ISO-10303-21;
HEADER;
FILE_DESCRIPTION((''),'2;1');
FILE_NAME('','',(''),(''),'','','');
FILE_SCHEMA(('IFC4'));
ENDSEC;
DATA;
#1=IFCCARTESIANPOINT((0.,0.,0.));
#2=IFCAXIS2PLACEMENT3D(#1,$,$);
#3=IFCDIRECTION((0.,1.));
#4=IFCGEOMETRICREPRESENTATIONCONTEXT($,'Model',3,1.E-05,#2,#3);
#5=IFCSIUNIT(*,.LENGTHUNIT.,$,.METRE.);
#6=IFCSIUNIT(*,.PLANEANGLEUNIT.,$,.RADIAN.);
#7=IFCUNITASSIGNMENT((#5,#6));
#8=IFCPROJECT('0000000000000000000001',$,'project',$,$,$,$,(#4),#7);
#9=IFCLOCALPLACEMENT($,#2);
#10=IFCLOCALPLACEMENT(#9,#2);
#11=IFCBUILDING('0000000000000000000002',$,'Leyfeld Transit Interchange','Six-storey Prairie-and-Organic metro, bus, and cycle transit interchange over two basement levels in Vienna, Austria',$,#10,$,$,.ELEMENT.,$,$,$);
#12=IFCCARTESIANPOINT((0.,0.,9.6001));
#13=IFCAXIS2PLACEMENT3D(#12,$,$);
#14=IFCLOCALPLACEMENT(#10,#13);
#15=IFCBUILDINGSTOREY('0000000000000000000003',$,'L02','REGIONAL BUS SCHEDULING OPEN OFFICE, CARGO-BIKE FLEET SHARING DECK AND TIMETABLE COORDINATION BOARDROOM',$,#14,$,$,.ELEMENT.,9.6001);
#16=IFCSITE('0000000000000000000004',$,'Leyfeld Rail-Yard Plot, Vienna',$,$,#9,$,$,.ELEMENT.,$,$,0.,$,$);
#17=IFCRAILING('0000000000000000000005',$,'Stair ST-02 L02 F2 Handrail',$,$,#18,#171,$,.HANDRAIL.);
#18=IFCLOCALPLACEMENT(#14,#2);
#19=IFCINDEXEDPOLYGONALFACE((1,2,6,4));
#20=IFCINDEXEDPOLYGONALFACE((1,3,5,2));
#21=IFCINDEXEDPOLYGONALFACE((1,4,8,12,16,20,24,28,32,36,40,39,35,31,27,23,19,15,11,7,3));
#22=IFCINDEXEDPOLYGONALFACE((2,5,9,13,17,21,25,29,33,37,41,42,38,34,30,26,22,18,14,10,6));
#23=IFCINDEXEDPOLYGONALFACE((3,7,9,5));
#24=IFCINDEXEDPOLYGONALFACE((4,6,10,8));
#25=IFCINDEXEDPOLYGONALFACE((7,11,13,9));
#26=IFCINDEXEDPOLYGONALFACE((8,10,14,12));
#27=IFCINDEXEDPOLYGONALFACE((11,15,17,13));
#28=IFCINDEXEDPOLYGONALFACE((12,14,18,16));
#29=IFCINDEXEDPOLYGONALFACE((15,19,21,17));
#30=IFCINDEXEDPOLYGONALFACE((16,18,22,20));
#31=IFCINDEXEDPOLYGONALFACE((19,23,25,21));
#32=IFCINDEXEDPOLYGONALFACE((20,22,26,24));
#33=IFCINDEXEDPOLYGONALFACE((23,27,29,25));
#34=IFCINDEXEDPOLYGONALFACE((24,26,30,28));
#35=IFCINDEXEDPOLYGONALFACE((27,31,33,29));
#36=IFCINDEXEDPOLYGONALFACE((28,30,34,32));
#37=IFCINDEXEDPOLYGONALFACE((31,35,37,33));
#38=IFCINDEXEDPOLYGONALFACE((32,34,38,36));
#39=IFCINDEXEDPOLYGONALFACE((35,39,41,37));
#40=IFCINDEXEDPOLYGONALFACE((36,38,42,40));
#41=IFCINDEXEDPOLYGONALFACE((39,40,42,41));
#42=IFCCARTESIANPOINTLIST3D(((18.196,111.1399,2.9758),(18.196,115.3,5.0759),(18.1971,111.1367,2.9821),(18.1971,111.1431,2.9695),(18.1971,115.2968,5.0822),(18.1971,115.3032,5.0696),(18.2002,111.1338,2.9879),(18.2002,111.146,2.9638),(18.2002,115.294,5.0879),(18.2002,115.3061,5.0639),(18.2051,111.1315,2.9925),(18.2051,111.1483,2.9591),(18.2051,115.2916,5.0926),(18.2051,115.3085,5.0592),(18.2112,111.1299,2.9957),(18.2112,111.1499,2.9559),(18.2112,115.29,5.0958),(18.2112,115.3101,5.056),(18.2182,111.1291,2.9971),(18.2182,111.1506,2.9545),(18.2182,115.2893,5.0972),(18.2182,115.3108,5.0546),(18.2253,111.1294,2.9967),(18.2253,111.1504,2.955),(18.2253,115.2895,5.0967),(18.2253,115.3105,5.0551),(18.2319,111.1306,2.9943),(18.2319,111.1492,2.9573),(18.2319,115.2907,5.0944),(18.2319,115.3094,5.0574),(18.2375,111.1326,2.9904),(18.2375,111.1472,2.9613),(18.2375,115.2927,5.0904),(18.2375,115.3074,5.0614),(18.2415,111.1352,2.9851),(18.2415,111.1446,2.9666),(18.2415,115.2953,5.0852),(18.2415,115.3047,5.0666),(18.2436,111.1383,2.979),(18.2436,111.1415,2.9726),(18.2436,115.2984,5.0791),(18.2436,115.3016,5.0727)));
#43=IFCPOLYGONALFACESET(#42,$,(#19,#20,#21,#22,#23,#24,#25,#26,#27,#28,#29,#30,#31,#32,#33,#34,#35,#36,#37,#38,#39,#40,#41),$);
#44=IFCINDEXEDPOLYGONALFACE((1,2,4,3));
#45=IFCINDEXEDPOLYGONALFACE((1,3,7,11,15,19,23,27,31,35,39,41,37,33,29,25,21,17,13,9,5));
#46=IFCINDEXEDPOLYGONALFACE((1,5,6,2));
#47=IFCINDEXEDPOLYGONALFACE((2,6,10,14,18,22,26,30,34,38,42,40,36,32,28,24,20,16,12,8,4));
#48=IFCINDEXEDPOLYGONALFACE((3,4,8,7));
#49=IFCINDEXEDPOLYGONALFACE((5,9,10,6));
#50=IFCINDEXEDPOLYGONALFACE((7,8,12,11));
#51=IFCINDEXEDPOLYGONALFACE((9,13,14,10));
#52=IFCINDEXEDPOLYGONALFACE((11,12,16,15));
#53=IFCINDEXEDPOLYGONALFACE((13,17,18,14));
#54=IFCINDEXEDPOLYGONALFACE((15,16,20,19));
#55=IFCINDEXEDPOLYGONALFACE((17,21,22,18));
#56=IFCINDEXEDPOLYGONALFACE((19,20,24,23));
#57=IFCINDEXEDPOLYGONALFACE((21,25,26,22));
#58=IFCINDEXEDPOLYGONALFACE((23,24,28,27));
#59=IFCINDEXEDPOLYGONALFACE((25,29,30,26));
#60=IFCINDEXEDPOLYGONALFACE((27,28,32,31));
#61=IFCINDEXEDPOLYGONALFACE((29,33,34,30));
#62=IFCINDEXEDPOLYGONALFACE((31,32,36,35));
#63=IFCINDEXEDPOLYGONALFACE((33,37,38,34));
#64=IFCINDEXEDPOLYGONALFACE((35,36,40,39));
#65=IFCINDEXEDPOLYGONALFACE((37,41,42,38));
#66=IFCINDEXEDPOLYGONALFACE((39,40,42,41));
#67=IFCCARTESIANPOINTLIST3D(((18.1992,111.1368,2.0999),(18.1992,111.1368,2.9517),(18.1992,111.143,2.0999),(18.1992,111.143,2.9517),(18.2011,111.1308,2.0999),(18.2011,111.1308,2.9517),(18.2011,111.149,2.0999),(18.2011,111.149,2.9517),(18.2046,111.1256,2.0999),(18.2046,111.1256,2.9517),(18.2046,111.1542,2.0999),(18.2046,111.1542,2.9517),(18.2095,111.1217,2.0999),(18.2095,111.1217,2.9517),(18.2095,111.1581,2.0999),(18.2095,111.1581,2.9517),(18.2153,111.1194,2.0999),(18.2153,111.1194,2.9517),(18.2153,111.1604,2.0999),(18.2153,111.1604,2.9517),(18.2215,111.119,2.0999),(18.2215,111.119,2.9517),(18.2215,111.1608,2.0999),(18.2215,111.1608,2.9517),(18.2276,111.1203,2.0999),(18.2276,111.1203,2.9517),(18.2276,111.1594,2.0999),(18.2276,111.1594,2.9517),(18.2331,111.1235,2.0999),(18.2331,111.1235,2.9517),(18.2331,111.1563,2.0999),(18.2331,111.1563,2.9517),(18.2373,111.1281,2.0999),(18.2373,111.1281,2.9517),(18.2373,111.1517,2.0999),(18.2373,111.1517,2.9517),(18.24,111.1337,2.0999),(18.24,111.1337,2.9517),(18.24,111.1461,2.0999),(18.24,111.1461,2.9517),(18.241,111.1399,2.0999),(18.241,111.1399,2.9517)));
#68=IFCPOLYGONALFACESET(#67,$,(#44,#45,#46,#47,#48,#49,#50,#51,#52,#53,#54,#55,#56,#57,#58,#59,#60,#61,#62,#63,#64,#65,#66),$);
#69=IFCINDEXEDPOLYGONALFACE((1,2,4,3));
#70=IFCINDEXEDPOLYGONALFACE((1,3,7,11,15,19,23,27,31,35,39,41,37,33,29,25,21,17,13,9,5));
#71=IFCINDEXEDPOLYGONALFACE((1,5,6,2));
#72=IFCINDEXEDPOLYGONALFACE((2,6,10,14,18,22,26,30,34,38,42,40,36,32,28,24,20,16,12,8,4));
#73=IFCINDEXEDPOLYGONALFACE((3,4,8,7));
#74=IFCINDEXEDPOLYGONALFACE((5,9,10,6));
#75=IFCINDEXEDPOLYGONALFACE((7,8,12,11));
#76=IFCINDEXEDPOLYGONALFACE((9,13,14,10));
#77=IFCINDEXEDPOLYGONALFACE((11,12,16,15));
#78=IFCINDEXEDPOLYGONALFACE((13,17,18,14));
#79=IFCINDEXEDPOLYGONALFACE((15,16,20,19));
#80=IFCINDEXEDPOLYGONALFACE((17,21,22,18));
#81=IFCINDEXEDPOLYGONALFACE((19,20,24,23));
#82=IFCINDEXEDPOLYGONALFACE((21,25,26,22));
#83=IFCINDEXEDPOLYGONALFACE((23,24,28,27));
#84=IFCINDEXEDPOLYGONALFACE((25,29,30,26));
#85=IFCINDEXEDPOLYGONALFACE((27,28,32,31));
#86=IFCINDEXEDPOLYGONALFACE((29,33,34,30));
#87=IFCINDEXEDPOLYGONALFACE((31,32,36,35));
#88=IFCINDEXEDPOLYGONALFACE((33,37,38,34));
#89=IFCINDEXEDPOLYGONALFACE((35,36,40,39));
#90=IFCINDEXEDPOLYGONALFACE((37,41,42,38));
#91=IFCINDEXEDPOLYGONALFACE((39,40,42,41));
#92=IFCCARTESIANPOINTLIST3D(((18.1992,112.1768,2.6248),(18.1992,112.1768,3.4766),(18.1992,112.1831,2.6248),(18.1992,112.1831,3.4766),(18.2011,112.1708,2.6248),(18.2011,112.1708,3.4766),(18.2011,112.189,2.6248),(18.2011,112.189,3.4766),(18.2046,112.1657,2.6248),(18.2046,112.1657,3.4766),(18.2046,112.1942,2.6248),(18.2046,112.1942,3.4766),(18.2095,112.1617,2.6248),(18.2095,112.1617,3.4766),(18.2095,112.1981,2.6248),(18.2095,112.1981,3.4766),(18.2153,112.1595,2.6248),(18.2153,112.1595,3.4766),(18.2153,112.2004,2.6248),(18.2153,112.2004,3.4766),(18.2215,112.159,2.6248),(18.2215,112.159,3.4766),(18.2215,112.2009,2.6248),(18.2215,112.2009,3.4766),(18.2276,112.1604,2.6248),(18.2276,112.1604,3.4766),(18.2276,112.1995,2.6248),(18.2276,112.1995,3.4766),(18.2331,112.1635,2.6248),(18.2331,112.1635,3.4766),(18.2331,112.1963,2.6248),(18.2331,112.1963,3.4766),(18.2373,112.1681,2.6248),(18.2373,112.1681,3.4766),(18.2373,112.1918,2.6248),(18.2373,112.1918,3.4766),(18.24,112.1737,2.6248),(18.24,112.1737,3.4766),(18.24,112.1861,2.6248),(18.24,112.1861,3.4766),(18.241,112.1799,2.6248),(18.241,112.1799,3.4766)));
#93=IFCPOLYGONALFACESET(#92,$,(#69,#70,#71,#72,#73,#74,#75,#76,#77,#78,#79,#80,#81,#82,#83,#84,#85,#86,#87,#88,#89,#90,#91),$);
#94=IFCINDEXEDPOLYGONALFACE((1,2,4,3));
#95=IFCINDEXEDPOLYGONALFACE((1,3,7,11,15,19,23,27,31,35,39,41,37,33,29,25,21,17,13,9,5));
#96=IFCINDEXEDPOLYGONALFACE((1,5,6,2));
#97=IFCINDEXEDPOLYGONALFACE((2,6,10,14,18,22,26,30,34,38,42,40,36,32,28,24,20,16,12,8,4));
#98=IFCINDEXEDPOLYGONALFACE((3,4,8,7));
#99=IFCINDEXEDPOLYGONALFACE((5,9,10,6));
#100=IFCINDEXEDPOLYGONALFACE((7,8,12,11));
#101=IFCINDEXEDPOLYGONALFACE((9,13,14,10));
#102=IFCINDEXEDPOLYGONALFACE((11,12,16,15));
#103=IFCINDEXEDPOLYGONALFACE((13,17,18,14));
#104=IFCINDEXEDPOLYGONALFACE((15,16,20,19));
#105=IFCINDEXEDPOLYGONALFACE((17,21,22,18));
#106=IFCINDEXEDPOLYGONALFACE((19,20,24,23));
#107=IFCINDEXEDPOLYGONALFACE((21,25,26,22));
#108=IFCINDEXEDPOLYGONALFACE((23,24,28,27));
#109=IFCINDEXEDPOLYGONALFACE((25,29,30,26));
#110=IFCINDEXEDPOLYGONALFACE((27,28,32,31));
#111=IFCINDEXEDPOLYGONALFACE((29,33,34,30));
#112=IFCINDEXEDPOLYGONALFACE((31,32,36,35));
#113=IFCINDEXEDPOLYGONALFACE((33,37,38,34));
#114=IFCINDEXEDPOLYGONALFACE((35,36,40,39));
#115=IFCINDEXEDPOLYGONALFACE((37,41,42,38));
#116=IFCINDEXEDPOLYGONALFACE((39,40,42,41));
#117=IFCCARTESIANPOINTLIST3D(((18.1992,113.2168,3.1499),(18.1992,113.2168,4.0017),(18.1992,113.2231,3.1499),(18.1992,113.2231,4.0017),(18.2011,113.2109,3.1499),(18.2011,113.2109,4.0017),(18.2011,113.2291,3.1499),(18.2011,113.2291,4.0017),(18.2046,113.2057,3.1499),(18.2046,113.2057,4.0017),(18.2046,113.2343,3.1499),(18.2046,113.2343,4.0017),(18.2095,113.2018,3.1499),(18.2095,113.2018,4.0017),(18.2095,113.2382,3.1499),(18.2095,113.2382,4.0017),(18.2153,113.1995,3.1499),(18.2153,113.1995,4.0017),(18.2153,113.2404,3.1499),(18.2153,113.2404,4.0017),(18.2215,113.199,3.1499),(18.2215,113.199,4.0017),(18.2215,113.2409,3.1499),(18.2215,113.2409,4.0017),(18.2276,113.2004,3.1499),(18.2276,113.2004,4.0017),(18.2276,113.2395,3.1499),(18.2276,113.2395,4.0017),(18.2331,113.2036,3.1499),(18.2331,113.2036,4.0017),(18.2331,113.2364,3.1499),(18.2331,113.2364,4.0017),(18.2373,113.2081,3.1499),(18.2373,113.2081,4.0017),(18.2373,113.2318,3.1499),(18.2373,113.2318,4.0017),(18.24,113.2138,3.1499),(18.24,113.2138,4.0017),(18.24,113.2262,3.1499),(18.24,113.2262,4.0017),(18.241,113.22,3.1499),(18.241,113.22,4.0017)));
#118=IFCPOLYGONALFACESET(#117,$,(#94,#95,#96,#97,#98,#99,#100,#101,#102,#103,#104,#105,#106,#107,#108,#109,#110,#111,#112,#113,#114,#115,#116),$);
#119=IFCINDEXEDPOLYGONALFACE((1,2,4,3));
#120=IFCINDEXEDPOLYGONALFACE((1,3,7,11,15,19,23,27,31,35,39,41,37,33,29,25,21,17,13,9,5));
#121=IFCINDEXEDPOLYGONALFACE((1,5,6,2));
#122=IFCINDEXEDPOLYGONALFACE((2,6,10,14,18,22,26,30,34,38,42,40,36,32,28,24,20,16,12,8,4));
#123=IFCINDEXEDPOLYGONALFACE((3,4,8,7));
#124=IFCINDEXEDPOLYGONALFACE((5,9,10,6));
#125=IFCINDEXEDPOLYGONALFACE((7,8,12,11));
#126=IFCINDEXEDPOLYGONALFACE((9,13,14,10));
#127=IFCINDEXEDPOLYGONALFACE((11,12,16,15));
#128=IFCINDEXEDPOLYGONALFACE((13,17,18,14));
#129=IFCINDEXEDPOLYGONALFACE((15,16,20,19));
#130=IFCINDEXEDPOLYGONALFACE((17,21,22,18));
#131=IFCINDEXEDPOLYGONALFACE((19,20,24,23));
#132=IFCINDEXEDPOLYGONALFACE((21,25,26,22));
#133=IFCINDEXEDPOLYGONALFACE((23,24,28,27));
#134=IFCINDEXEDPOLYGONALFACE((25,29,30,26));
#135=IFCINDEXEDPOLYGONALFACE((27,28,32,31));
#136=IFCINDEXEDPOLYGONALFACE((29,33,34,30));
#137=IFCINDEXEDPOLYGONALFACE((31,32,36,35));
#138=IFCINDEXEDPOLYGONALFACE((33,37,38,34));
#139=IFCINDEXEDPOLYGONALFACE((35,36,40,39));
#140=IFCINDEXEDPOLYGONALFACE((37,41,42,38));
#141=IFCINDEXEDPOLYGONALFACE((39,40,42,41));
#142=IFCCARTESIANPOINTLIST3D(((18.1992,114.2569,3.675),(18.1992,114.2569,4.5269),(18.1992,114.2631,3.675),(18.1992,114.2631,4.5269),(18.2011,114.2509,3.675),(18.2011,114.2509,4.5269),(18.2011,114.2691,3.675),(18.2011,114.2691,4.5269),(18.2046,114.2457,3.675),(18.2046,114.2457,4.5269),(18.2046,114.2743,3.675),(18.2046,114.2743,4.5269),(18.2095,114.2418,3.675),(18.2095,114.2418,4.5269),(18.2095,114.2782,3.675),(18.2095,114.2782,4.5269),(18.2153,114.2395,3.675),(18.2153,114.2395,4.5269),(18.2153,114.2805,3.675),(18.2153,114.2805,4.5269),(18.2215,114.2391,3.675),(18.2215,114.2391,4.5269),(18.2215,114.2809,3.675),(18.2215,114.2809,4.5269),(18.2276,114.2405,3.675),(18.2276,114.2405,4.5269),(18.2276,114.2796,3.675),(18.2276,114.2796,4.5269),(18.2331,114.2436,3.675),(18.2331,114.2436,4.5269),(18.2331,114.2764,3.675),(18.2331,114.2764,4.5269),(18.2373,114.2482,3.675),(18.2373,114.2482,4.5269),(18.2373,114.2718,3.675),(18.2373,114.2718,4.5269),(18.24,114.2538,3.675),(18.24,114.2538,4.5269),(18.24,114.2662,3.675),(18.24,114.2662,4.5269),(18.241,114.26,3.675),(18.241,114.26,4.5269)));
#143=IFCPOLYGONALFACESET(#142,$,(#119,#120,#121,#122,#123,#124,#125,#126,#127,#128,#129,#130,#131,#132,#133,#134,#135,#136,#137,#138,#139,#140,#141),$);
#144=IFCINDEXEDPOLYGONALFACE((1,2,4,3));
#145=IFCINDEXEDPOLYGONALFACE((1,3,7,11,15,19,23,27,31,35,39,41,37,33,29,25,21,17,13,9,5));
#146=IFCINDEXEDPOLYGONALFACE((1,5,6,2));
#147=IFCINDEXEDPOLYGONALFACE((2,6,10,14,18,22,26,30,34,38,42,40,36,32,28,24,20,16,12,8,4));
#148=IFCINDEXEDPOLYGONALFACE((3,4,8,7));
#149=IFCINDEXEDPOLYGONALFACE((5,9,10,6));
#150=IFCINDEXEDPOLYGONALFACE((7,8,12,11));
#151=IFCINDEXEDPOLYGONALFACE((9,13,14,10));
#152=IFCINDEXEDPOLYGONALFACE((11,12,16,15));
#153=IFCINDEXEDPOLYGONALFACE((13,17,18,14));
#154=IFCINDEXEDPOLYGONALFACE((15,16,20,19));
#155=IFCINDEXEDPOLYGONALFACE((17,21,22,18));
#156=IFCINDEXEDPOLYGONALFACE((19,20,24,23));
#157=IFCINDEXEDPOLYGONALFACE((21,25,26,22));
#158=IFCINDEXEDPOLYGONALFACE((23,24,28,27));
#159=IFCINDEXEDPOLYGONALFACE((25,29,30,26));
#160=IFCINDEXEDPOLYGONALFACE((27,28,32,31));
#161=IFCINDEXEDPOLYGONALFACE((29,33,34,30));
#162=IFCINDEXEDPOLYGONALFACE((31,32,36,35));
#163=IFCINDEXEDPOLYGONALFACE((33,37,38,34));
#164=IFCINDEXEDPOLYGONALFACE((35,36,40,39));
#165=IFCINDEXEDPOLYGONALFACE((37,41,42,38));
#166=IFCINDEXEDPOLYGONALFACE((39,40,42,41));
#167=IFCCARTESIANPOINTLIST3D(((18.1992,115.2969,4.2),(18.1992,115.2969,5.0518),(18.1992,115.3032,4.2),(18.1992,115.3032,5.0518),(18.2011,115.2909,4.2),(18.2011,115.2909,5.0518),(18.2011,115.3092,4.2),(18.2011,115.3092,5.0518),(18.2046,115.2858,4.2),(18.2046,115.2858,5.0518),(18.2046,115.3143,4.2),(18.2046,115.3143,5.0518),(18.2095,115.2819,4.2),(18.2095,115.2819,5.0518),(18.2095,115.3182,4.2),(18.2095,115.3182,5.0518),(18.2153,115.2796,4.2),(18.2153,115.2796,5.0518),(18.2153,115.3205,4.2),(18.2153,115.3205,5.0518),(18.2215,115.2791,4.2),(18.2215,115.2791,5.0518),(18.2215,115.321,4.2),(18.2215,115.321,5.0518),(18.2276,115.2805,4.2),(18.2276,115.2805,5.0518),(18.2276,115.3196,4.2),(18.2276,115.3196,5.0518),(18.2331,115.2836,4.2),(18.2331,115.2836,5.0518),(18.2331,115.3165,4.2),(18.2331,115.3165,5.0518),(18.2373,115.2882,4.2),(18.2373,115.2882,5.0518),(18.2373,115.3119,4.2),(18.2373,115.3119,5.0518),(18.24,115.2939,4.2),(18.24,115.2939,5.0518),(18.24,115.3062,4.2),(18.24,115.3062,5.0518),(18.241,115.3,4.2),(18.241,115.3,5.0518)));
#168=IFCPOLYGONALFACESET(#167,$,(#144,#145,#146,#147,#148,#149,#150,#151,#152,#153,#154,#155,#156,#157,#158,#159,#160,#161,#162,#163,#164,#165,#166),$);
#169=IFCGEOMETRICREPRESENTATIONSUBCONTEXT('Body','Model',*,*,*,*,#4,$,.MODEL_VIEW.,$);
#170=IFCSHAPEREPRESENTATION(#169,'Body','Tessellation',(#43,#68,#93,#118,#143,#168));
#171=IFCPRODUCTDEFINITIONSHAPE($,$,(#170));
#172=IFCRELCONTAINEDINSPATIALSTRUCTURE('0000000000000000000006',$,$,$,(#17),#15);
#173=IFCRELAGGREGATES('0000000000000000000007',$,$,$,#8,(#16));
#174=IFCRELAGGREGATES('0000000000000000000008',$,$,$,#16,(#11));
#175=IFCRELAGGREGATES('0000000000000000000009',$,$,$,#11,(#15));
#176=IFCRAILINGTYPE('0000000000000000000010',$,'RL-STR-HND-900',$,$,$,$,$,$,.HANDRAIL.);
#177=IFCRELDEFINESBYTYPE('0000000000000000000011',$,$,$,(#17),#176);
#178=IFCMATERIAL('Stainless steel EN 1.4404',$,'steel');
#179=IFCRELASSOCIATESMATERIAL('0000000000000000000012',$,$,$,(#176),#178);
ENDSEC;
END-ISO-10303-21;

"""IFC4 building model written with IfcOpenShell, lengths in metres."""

from ifc_helpers import new_model, si_unit, direction, frame, origin, origin_2d, place, context, subcontext, project, spatial, circle, extrude, material, type_object, element, save


model = new_model("IFC4")

# Units and contexts
model_context = context("Model", 3, precision=1e-05, world=origin(), true_north=direction((0.0, 1.0)))
body_context = subcontext(model_context, "Body", "Model", "MODEL_VIEW")
ifc_project = project(units=[si_unit("LENGTHUNIT", "METRE"), si_unit("PLANEANGLEUNIT", "RADIAN")], contexts=[model_context])

# Site, building, storey
site_placement = place(None, origin())
site = spatial("IfcSite", under=ifc_project, at=site_placement, Name="Leyfeld Rail-Yard Plot, Vienna", CompositionType="ELEMENT", RefElevation=0.0)
building_placement = place(site_placement, origin())
building = spatial("IfcBuilding", under=site, at=building_placement, Name="Leyfeld Transit Interchange", Description="Six-storey Prairie-and-Organic metro, bus, and cycle transit interchange over two basement levels in Vienna, Austria", CompositionType="ELEMENT")
storey_placement = place(building_placement, frame((0.0, 0.0, 9.6001)))
storey = spatial("IfcBuildingStorey", under=building, at=storey_placement, Name="L02", Description="REGIONAL BUS SCHEDULING OPEN OFFICE, CARGO-BIKE FLEET SHARING DECK AND TIMETABLE COORDINATION BOARDROOM", CompositionType="ELEMENT", Elevation=9.6001)

# Shared definitions
ifc_material_1 = material(Name="Stainless steel EN 1.4404", Category="steel")

# Railing
railing_type_1 = type_object("IfcRailingType", Name="RL-STR-HND-900", PredefinedType="HANDRAIL", material=ifc_material_1)
railing_1_placement = place(storey_placement, frame((18.22, 111.1399, 2.0999)))
element("IfcRailing", 1, at=railing_1_placement, inside=storey, type_object=railing_type_1, Name="Stair ST-02 L02 F2 Handrail", PredefinedType="HANDRAIL", context=body_context, shape_type="SweptSolid", body=[
    extrude(circle(Radius=0.0239, at=origin_2d()), frame((0.0, 0.0, 0.876), z_axis=(0.0, 0.892702, 0.450647), x_axis=(-1.0, 0.0, 0.0)), (0.0, 0.0, 1.0), 4.6602),
    extrude(circle(Radius=0.021, at=origin_2d()), origin(), (0.0, 0.0, 1.0), 0.8518),
    extrude(circle(Radius=0.021, at=origin_2d()), frame((0.0, 1.04, 0.5249)), (0.0, 0.0, 1.0), 0.8518),
    extrude(circle(Radius=0.021, at=origin_2d()), frame((0.0, 2.0801, 1.05)), (0.0, 0.0, 1.0), 0.8518),
    extrude(circle(Radius=0.021, at=origin_2d()), frame((0.0, 3.1201, 1.5752)), (0.0, 0.0, 1.0), 0.8518),
    extrude(circle(Radius=0.021, at=origin_2d()), frame((0.0, 4.1602, 2.1001)), (0.0, 0.0, 1.0), 0.8518),
])

save(model, "model.ifc")
